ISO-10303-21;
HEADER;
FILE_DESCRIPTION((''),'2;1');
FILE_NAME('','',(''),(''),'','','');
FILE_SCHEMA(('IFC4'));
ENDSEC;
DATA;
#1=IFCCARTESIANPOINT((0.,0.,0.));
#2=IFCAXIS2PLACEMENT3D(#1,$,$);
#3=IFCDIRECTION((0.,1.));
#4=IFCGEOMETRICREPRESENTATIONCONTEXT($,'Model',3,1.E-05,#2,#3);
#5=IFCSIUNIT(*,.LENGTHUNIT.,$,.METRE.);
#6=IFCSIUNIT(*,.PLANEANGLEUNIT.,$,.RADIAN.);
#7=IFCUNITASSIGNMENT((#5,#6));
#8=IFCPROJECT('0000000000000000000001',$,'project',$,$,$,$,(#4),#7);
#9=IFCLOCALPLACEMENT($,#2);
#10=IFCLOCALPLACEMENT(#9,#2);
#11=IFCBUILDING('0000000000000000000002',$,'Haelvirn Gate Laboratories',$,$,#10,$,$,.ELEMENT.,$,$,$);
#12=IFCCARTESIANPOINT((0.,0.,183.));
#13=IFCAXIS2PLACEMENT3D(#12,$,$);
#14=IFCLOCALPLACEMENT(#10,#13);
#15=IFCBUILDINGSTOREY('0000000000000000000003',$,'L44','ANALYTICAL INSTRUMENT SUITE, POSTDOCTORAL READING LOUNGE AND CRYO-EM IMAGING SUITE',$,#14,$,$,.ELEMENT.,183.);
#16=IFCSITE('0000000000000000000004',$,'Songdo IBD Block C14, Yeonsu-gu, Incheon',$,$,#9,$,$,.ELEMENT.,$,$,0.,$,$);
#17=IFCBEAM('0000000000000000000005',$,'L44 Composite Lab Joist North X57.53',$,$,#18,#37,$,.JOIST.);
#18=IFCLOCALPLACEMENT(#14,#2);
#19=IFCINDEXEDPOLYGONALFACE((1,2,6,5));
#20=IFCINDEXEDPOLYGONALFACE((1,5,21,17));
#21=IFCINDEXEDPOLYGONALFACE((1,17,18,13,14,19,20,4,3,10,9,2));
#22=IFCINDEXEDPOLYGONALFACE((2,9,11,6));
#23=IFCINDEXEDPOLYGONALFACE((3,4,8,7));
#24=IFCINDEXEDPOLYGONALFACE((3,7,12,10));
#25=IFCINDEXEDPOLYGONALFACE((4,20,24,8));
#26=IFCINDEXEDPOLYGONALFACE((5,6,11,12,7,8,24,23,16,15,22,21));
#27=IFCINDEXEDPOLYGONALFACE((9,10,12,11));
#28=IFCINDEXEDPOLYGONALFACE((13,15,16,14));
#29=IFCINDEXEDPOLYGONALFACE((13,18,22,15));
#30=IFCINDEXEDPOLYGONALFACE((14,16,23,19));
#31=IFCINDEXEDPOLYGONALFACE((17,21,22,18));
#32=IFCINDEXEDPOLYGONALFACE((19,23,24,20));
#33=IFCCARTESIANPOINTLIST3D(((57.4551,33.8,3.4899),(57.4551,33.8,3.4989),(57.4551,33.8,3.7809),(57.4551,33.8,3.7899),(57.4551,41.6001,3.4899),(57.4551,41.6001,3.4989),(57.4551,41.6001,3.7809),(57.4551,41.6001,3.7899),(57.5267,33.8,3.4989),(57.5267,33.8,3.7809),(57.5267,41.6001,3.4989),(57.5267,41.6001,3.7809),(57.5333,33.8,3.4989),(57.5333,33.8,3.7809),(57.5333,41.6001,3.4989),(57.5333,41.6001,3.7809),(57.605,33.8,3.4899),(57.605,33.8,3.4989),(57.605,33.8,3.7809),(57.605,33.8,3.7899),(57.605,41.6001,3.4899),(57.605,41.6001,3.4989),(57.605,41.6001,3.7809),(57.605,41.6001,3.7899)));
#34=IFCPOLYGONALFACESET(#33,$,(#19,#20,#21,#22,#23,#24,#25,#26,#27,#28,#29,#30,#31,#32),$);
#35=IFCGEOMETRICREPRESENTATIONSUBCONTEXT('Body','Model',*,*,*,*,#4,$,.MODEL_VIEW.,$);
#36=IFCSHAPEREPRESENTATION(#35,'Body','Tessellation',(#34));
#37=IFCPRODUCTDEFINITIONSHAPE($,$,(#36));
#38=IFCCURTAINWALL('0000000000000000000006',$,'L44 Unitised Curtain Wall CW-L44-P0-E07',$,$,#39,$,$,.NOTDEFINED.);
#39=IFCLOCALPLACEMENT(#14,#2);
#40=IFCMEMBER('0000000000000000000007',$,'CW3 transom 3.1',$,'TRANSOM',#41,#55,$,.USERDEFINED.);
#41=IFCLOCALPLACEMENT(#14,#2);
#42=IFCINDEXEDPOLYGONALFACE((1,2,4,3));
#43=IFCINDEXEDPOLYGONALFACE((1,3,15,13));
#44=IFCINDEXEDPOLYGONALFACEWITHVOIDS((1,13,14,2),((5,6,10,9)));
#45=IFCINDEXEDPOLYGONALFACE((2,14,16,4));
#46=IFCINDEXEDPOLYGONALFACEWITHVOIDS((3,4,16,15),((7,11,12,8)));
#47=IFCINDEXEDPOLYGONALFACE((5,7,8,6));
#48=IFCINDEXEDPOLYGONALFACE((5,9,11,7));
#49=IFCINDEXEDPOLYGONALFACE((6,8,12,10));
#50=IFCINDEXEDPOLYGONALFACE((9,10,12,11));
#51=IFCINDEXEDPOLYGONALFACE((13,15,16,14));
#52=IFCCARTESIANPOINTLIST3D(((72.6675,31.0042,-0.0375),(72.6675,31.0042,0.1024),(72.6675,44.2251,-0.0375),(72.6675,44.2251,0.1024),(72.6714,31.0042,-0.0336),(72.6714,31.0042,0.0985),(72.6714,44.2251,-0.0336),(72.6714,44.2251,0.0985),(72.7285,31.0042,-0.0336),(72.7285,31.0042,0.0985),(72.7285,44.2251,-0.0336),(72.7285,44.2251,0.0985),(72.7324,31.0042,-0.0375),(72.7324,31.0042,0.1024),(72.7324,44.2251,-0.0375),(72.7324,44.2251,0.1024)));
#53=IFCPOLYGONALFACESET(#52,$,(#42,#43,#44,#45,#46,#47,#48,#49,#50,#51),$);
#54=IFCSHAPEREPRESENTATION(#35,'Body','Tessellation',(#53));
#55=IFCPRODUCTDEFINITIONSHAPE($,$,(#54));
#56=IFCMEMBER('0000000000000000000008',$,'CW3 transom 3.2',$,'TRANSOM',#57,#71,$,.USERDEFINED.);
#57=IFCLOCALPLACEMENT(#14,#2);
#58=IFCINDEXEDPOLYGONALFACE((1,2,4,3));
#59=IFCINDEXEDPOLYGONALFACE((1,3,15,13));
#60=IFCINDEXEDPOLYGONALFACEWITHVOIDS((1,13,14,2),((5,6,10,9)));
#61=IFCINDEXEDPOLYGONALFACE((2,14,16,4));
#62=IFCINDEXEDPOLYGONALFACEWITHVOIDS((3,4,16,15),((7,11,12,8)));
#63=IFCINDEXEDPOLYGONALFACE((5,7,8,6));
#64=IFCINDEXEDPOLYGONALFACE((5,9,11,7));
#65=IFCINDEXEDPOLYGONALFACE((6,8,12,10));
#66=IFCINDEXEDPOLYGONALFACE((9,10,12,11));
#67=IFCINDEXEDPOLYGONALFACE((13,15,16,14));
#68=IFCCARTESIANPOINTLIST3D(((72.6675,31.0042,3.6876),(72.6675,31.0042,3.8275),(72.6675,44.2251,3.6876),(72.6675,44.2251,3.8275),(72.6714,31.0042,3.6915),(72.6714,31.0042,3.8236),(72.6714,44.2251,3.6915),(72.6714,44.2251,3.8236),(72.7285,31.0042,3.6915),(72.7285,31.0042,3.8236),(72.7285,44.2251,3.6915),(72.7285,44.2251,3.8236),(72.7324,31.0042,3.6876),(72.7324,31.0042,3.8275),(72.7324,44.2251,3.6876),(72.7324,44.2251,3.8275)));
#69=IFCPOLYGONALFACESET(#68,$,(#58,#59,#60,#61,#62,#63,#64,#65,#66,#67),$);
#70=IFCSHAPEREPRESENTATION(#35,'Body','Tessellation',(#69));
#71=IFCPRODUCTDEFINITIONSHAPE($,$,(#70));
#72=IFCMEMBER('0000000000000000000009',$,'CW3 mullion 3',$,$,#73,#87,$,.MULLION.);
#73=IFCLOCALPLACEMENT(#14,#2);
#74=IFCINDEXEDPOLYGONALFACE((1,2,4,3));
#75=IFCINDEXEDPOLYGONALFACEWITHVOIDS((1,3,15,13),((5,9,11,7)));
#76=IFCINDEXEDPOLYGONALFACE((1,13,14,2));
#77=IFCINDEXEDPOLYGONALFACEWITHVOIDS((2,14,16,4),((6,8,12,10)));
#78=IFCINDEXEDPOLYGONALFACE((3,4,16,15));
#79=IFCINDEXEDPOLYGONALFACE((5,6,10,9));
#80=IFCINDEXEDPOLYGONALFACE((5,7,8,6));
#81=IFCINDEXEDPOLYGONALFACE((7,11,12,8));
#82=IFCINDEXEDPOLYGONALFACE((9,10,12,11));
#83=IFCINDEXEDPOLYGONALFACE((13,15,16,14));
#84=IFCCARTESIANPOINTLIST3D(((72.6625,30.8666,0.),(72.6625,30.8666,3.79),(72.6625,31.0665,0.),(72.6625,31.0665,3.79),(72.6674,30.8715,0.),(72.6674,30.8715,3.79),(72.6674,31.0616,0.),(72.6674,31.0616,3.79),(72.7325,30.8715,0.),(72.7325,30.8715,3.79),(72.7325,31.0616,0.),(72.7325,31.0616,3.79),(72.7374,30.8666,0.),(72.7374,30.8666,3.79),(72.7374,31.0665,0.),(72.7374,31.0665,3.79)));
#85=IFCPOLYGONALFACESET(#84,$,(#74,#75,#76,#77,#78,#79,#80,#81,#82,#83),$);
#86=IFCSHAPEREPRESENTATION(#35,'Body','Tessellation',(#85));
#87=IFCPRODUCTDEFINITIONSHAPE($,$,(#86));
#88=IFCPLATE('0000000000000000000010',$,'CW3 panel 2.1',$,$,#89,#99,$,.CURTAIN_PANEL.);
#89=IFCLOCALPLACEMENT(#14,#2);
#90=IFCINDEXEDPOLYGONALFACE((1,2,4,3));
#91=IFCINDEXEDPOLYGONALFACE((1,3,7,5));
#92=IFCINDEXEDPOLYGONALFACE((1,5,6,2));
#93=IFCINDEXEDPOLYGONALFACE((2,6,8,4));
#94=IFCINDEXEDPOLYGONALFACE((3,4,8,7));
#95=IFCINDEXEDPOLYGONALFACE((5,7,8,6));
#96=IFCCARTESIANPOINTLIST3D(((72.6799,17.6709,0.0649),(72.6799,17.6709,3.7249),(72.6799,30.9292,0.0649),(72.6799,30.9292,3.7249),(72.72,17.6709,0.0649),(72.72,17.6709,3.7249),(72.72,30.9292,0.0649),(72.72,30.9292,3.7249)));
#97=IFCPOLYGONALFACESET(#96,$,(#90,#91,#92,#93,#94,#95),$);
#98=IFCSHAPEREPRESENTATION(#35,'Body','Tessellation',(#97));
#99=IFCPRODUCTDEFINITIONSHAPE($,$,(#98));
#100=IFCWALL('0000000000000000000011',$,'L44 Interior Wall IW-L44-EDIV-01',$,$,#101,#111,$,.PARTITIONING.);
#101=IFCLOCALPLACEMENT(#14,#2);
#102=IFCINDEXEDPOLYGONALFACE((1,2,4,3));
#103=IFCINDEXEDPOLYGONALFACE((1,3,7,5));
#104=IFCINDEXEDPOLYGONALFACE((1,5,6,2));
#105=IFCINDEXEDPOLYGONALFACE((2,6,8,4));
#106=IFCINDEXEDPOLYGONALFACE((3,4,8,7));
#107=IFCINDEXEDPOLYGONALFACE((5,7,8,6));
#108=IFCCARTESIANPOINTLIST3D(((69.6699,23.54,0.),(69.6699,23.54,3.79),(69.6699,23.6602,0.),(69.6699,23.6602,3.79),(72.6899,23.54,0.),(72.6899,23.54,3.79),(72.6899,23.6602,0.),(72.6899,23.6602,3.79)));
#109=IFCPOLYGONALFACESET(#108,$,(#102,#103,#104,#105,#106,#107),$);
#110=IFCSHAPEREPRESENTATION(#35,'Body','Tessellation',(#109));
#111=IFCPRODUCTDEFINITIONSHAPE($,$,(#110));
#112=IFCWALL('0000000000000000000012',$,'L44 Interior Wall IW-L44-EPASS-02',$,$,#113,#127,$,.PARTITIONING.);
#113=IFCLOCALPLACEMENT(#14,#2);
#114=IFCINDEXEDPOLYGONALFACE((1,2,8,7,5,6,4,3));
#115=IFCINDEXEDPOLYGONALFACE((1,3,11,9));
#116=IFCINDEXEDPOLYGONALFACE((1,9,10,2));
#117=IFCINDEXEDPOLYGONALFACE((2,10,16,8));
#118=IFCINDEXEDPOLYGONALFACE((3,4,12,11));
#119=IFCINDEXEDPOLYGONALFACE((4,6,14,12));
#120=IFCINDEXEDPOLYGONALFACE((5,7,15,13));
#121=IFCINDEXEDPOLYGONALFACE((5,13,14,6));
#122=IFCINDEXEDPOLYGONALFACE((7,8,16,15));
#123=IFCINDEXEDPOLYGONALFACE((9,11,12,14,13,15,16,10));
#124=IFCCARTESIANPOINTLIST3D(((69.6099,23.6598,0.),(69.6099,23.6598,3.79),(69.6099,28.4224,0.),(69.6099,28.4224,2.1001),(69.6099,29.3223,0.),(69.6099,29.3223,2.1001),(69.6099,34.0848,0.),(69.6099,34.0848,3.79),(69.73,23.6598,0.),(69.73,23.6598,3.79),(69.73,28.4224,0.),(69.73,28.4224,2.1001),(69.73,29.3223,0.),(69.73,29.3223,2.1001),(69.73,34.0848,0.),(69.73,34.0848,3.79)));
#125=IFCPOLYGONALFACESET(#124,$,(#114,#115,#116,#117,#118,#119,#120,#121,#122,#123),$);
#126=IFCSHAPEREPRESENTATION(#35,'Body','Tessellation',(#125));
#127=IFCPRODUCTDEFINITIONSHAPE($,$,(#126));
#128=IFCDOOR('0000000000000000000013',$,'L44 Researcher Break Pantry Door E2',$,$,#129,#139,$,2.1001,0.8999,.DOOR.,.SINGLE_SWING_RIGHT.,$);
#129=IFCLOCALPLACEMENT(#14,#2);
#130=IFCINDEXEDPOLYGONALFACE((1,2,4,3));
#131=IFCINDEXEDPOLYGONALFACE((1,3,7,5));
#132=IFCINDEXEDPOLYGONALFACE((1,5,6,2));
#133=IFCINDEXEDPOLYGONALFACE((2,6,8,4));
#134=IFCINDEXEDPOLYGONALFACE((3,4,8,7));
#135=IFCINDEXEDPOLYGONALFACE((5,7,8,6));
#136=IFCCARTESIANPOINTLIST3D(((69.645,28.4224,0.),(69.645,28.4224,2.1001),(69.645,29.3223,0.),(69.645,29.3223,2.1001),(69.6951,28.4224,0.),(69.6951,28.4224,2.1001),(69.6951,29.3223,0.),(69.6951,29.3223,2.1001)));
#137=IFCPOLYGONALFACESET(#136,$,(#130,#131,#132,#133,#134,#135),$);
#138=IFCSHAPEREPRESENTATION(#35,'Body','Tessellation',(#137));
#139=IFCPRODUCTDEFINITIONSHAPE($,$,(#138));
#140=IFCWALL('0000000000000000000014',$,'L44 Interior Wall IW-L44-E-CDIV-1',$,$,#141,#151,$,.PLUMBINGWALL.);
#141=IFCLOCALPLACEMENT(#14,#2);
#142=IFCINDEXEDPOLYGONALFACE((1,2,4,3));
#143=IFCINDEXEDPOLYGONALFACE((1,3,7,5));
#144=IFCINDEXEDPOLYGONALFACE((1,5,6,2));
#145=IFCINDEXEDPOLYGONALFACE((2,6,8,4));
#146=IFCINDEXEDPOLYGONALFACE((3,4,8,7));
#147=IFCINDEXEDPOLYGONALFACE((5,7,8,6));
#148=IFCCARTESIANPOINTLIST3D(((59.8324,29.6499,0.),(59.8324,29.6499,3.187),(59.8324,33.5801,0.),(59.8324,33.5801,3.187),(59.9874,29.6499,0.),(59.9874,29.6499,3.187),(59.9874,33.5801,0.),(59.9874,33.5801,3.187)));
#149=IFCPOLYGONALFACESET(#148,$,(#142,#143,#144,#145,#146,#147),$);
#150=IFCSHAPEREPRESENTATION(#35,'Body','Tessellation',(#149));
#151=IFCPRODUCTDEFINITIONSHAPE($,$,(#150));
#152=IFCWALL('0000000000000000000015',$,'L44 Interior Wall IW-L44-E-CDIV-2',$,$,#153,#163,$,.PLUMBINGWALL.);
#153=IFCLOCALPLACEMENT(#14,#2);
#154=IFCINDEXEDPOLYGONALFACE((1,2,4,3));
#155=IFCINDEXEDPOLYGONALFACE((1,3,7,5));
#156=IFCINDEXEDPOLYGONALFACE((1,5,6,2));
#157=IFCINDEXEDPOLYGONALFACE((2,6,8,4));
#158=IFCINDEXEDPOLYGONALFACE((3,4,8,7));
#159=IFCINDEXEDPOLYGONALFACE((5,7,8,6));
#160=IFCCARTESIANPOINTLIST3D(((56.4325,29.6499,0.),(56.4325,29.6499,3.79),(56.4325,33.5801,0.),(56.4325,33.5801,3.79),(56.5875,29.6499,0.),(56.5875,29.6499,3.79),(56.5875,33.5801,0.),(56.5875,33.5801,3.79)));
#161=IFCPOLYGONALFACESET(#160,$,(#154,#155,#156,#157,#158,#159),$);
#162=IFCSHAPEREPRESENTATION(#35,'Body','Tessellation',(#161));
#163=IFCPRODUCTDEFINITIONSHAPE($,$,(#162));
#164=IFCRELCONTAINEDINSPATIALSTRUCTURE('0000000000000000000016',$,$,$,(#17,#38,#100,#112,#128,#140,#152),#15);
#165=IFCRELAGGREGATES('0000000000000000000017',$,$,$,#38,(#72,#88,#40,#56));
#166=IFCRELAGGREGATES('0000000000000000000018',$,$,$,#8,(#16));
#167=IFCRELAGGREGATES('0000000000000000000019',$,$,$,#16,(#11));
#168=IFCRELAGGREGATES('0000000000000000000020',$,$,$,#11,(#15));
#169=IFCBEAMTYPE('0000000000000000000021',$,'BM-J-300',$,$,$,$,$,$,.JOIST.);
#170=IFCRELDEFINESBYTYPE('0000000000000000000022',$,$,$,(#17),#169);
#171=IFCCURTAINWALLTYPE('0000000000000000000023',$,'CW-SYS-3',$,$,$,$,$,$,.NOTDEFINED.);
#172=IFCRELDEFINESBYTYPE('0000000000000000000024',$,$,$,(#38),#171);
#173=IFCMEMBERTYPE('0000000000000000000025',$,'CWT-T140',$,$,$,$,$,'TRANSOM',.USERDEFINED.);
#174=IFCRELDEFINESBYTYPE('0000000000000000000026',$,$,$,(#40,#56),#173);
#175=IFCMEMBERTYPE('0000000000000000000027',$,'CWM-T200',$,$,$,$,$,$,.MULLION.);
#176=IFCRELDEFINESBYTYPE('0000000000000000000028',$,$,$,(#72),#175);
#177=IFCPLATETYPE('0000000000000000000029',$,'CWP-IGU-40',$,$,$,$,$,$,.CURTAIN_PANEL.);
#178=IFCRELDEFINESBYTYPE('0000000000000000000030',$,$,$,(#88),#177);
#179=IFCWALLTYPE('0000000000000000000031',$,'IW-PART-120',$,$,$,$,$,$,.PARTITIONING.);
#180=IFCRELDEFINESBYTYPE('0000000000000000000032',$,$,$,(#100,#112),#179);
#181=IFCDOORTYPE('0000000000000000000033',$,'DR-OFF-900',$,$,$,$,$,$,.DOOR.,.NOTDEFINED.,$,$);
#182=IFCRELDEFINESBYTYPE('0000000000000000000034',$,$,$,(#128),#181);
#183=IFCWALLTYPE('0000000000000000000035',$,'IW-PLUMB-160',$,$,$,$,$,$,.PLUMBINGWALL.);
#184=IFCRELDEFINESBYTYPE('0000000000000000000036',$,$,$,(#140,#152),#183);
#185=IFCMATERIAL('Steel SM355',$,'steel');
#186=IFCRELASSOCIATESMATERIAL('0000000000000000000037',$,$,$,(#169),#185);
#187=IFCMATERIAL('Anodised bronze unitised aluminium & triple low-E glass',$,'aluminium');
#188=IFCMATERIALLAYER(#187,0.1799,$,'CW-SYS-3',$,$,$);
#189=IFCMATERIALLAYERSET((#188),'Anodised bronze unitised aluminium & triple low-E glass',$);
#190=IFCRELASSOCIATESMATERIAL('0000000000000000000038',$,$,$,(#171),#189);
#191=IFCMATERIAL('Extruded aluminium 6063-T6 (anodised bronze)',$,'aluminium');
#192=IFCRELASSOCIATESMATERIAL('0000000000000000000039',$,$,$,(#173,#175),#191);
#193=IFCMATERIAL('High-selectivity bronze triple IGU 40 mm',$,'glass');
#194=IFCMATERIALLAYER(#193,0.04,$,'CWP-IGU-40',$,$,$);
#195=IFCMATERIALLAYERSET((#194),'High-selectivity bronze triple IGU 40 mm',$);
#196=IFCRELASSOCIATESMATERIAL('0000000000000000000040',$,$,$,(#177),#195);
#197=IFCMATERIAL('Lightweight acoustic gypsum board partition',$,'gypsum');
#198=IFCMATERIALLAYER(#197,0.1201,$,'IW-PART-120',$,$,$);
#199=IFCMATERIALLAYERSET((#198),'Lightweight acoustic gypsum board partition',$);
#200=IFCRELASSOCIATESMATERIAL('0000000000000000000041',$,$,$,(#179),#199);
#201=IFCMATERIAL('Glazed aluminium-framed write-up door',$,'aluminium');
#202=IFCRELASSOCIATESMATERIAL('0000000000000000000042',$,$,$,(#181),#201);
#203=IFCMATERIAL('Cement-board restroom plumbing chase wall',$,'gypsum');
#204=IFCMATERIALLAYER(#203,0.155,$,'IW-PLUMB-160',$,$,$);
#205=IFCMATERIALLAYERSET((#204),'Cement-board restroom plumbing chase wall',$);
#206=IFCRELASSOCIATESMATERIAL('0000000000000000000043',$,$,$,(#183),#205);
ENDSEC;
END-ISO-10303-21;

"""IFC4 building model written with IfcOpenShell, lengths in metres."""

from ifc_helpers import new_model, si_unit, direction, frame, frame_2d, origin, origin_2d, place, context, subcontext, project, spatial, rectangle, hollow_rectangle, i_section, extrude, source, transform, mapped, material, layer, layer_set, material_profile, profile_set, type_object, type_shapes, element, fill, aggregate, save


model = new_model("IFC4")

# Units and contexts
model_context = context("Model", 3, precision=1e-05, world=origin(), true_north=direction((0.0, 1.0)))
body_context = subcontext(model_context, "Body", "Model", "MODEL_VIEW")
ifc_project = project(units=[si_unit("LENGTHUNIT", "METRE"), si_unit("PLANEANGLEUNIT", "RADIAN")], contexts=[model_context])

# Site, building, storey
site_placement = place(None, origin())
site = spatial("IfcSite", under=ifc_project, at=site_placement, Name="Songdo IBD Block C14, Yeonsu-gu, Incheon", CompositionType="ELEMENT", RefElevation=0.0)
building_placement = place(site_placement, origin())
building = spatial("IfcBuilding", under=site, at=building_placement, Name="Haelvirn Gate Laboratories", CompositionType="ELEMENT")
storey_placement = place(building_placement, frame((0.0, 0.0, 183.0)))
storey = spatial("IfcBuildingStorey", under=building, at=storey_placement, Name="L44", Description="ANALYTICAL INSTRUMENT SUITE, POSTDOCTORAL READING LOUNGE AND CRYO-EM IMAGING SUITE", CompositionType="ELEMENT", Elevation=183.0)

# Beam
ifc_material_1 = material(Name="Steel SM355", Category="steel")
ifc_material_profile_1 = material_profile(ifc_material_1, i_section(OverallWidth=0.1499, OverallDepth=0.3, WebThickness=0.0066, FlangeThickness=0.009, at=origin_2d()), Name="H-300x150x6.5x9")
ifc_profile_set_1 = profile_set([ifc_material_profile_1], Name="Steel SM355")
beam_type = type_object("IfcBeamType", Name="BM-J-300", PredefinedType="JOIST", material=ifc_profile_set_1)
shared_shape_1 = source(origin(), body_context, "Body", "SweptSolid", [
    extrude(i_section(OverallWidth=0.1499, OverallDepth=0.3, WebThickness=0.0066, FlangeThickness=0.009, at=origin_2d()), origin(), (0.0, 0.0, 1.0), 7.8),
])
type_shapes(beam_type, [shared_shape_1])
beam_placement = place(storey_placement, frame((57.53, 33.8, 3.6399), z_axis=(0.0, 1.0, 0.0), x_axis=(-1.0, 0.0, 0.0)))
element("IfcBeam", 1, at=beam_placement, inside=storey, type_object=beam_type, Name="L44 Composite Lab Joist North X57.53", PredefinedType="JOIST", context=body_context, shape_type="MappedRepresentation", body=[
    mapped(shared_shape_1, transform((0.0, 0.0, 0.0), scale=1.0)),
])

# Curtain wall, members, plate
ifc_material_2 = material(Name="Anodised bronze unitised aluminium & triple low-E glass", Category="aluminium")
ifc_layer_1 = layer(ifc_material_2, 0.1799, Name="CW-SYS-3")
ifc_layer_set_1 = layer_set([ifc_layer_1], Name="Anodised bronze unitised aluminium & triple low-E glass")
curtain_wall_type = type_object("IfcCurtainWallType", Name="CW-SYS-3", PredefinedType="NOTDEFINED", material=ifc_layer_set_1)
curtain_wall_placement = place(storey_placement, origin())
curtain_wall = element("IfcCurtainWall", 2, at=curtain_wall_placement, inside=storey, type_object=curtain_wall_type, Name="L44 Unitised Curtain Wall CW-L44-P0-E07", PredefinedType="NOTDEFINED")
ifc_material_3 = material(Name="Extruded aluminium 6063-T6 (anodised bronze)", Category="aluminium")
ifc_material_profile_2 = material_profile(ifc_material_3, hollow_rectangle(XDim=0.0649, YDim=0.1399, WallThickness=0.0039, at=origin_2d()), Name="CWT-140x65x4")
ifc_profile_set_2 = profile_set([ifc_material_profile_2], Name="Extruded aluminium 6063-T6 (anodised bronze)")
member_type_1 = type_object("IfcMemberType", Name="CWT-T140", ElementType="TRANSOM", PredefinedType="USERDEFINED", material=ifc_profile_set_2)
shared_shape_2 = source(origin(), body_context, "Body", "SweptSolid", [
    extrude(hollow_rectangle(XDim=0.0649, YDim=0.1399, WallThickness=0.0039, at=origin_2d()), origin(), (0.0, 0.0, 1.0), 13.2209),
])
type_shapes(member_type_1, [shared_shape_2])
member_1_placement = place(storey_placement, frame((72.7, 31.0042, 0.0325), z_axis=(0.0, 1.0, 0.0), x_axis=(-1.0, 0.0, 0.0)))
member_1 = element("IfcMember", 3, at=member_1_placement, type_object=member_type_1, Name="CW3 transom 3.1", ObjectType="TRANSOM", PredefinedType="USERDEFINED", context=body_context, shape_type="MappedRepresentation", body=[
    mapped(shared_shape_2, transform((0.0, 0.0, 0.0), scale=1.0)),
])
member_2_placement = place(storey_placement, frame((72.7, 31.0042, 3.7576), z_axis=(0.0, 1.0, 0.0), x_axis=(-1.0, 0.0, 0.0)))
member_2 = element("IfcMember", 4, at=member_2_placement, type_object=member_type_1, Name="CW3 transom 3.2", ObjectType="TRANSOM", PredefinedType="USERDEFINED", context=body_context, shape_type="MappedRepresentation", body=[
    mapped(shared_shape_2, transform((0.0, 0.0, 0.0), scale=1.0)),
])
ifc_material_profile_3 = material_profile(ifc_material_3, hollow_rectangle(XDim=0.075, YDim=0.2, WallThickness=0.0049, at=origin_2d()), Name="CWM-200x75x5")
ifc_profile_set_3 = profile_set([ifc_material_profile_3], Name="Extruded aluminium 6063-T6 (anodised bronze)")
member_type_2 = type_object("IfcMemberType", Name="CWM-T200", PredefinedType="MULLION", material=ifc_profile_set_3)
shared_shape_3 = source(origin(), body_context, "Body", "SweptSolid", [
    extrude(hollow_rectangle(XDim=0.075, YDim=0.2, WallThickness=0.0049, at=origin_2d()), origin(), (0.0, 0.0, 1.0), 3.79),
])
type_shapes(member_type_2, [shared_shape_3])
member_3_placement = place(storey_placement, frame((72.7, 30.9666, 0.0), z_axis=(0.0, 0.0, 1.0), x_axis=(-1.0, 0.0, 0.0)))
member_3 = element("IfcMember", 5, at=member_3_placement, type_object=member_type_2, Name="CW3 mullion 3", PredefinedType="MULLION", context=body_context, shape_type="MappedRepresentation", body=[
    mapped(shared_shape_3, transform((0.0, 0.0, 0.0), scale=1.0)),
])
ifc_material_4 = material(Name="High-selectivity bronze triple IGU 40 mm", Category="glass")
ifc_layer_2 = layer(ifc_material_4, 0.04, Name="CWP-IGU-40")
ifc_layer_set_2 = layer_set([ifc_layer_2], Name="High-selectivity bronze triple IGU 40 mm")
plate_type = type_object("IfcPlateType", Name="CWP-IGU-40", PredefinedType="CURTAIN_PANEL", material=ifc_layer_set_2)
shared_shape_4 = source(origin(), body_context, "Body", "SweptSolid", [
    extrude(rectangle(XDim=13.2583, YDim=0.04, at=origin_2d()), origin(), (0.0, 0.0, 1.0), 3.6599),
])
type_shapes(plate_type, [shared_shape_4])
plate_placement = place(storey_placement, frame((72.7, 24.3, 0.0649), z_axis=(0.0, 0.0, 1.0), x_axis=(0.0, 1.0, 0.0)))
plate = element("IfcPlate", 6, at=plate_placement, type_object=plate_type, Name="CW3 panel 2.1", PredefinedType="CURTAIN_PANEL", context=body_context, shape_type="MappedRepresentation", body=[
    mapped(shared_shape_4, transform((0.0, 0.0, 0.0), scale=1.0)),
])
aggregate(curtain_wall, [member_3, plate, member_1, member_2])

# Wall
ifc_material_5 = material(Name="Lightweight acoustic gypsum board partition", Category="gypsum")
ifc_layer_3 = layer(ifc_material_5, 0.1201, Name="IW-PART-120")
ifc_layer_set_3 = layer_set([ifc_layer_3], Name="Lightweight acoustic gypsum board partition")
wall_type_1 = type_object("IfcWallType", Name="IW-PART-120", PredefinedType="PARTITIONING", material=ifc_layer_set_3)
wall_1_placement = place(storey_placement, frame((69.6699, 23.6001, 0.0), z_axis=(0.0, 0.0, 1.0), x_axis=(1.0, 0.0, 0.0)))
element("IfcWall", 7, at=wall_1_placement, inside=storey, type_object=wall_type_1, Name="L44 Interior Wall IW-L44-EDIV-01", PredefinedType="PARTITIONING", context=body_context, shape_type="SweptSolid", body=[
    extrude(rectangle(XDim=3.02, YDim=0.1201, at=frame_2d((1.51, 0.0))), origin(), (0.0, 0.0, 1.0), 3.79),
])

# Wall, opening, door
wall_2_placement = place(storey_placement, frame((69.6699, 23.6599, 0.0), z_axis=(0.0, 0.0, 1.0), x_axis=(0.0, 1.0, 0.0)))
wall_2 = element("IfcWall", 8, at=wall_2_placement, inside=storey, type_object=wall_type_1, Name="L44 Interior Wall IW-L44-EPASS-02", PredefinedType="PARTITIONING", context=body_context, shape_type="SweptSolid", body=[
    extrude(rectangle(XDim=10.425, YDim=0.1201, at=frame_2d((5.2124, 0.0))), origin(), (0.0, 0.0, 1.0), 3.79),
])
opening_1_placement = place(wall_2_placement, frame((4.7625, 0.0, 0.0)))
opening_1 = element("IfcOpeningElement", 9, at=opening_1_placement, cuts=wall_2, PredefinedType="OPENING", context=body_context, shape_type="SweptSolid", body=[
    extrude(rectangle(XDim=0.8999, YDim=2.1001, at=frame_2d((0.45, 1.05))), frame((0.0, 0.0701, 0.0), z_axis=(0.0, -1.0, 0.0), x_axis=(1.0, 0.0, 0.0)), (0.0, 0.0, 1.0), 0.1401),
])
ifc_material_6 = material(Name="Glazed aluminium-framed write-up door", Category="aluminium")
door_type_1 = type_object("IfcDoorType", Name="DR-OFF-900", OperationType="NOTDEFINED", PredefinedType="DOOR", material=ifc_material_6)
shared_shape_5 = source(origin(), body_context, "Body", "SweptSolid", [
    extrude(rectangle(XDim=0.8999, YDim=2.1001, at=frame_2d((0.45, 1.05))), frame((0.0, 0.0249, 0.0), z_axis=(0.0, -1.0, 0.0), x_axis=(1.0, 0.0, 0.0)), (0.0, 0.0, 1.0), 0.05),
])
type_shapes(door_type_1, [shared_shape_5])
door_1_placement = place(opening_1_placement, origin())
door_1 = element("IfcDoor", 10, at=door_1_placement, inside=storey, type_object=door_type_1, Name="L44 Researcher Break Pantry Door E2", OperationType="SINGLE_SWING_RIGHT", OverallHeight=2.1001, OverallWidth=0.8999, PredefinedType="DOOR", context=body_context, shape_type="MappedRepresentation", body=[
    mapped(shared_shape_5, transform((0.0, 0.0, 0.0), scale=1.0)),
])
fill(opening_1, door_1)

# Walls
ifc_material_7 = material(Name="Cement-board restroom plumbing chase wall", Category="gypsum")
ifc_layer_4 = layer(ifc_material_7, 0.155, Name="IW-PLUMB-160")
ifc_layer_set_4 = layer_set([ifc_layer_4], Name="Cement-board restroom plumbing chase wall")
wall_type_2 = type_object("IfcWallType", Name="IW-PLUMB-160", PredefinedType="PLUMBINGWALL", material=ifc_layer_set_4)
wall_3_placement = place(storey_placement, frame((59.9099, 29.6499, 0.0), z_axis=(0.0, 0.0, 1.0), x_axis=(0.0, 1.0, 0.0)))
element("IfcWall", 11, at=wall_3_placement, inside=storey, type_object=wall_type_2, Name="L44 Interior Wall IW-L44-E-CDIV-1", PredefinedType="PLUMBINGWALL", context=body_context, shape_type="SweptSolid", body=[
    extrude(rectangle(XDim=3.9302, YDim=0.155, at=frame_2d((1.9651, 0.0))), origin(), (0.0, 0.0, 1.0), 3.187),
])
wall_4_placement = place(storey_placement, frame((56.51, 29.6499, 0.0), z_axis=(0.0, 0.0, 1.0), x_axis=(0.0, 1.0, 0.0)))
element("IfcWall", 12, at=wall_4_placement, inside=storey, type_object=wall_type_2, Name="L44 Interior Wall IW-L44-E-CDIV-2", PredefinedType="PLUMBINGWALL", context=body_context, shape_type="SweptSolid", body=[
    extrude(rectangle(XDim=3.9302, YDim=0.155, at=frame_2d((1.9651, 0.0))), origin(), (0.0, 0.0, 1.0), 3.79),
])

save(model, "model.ifc")
